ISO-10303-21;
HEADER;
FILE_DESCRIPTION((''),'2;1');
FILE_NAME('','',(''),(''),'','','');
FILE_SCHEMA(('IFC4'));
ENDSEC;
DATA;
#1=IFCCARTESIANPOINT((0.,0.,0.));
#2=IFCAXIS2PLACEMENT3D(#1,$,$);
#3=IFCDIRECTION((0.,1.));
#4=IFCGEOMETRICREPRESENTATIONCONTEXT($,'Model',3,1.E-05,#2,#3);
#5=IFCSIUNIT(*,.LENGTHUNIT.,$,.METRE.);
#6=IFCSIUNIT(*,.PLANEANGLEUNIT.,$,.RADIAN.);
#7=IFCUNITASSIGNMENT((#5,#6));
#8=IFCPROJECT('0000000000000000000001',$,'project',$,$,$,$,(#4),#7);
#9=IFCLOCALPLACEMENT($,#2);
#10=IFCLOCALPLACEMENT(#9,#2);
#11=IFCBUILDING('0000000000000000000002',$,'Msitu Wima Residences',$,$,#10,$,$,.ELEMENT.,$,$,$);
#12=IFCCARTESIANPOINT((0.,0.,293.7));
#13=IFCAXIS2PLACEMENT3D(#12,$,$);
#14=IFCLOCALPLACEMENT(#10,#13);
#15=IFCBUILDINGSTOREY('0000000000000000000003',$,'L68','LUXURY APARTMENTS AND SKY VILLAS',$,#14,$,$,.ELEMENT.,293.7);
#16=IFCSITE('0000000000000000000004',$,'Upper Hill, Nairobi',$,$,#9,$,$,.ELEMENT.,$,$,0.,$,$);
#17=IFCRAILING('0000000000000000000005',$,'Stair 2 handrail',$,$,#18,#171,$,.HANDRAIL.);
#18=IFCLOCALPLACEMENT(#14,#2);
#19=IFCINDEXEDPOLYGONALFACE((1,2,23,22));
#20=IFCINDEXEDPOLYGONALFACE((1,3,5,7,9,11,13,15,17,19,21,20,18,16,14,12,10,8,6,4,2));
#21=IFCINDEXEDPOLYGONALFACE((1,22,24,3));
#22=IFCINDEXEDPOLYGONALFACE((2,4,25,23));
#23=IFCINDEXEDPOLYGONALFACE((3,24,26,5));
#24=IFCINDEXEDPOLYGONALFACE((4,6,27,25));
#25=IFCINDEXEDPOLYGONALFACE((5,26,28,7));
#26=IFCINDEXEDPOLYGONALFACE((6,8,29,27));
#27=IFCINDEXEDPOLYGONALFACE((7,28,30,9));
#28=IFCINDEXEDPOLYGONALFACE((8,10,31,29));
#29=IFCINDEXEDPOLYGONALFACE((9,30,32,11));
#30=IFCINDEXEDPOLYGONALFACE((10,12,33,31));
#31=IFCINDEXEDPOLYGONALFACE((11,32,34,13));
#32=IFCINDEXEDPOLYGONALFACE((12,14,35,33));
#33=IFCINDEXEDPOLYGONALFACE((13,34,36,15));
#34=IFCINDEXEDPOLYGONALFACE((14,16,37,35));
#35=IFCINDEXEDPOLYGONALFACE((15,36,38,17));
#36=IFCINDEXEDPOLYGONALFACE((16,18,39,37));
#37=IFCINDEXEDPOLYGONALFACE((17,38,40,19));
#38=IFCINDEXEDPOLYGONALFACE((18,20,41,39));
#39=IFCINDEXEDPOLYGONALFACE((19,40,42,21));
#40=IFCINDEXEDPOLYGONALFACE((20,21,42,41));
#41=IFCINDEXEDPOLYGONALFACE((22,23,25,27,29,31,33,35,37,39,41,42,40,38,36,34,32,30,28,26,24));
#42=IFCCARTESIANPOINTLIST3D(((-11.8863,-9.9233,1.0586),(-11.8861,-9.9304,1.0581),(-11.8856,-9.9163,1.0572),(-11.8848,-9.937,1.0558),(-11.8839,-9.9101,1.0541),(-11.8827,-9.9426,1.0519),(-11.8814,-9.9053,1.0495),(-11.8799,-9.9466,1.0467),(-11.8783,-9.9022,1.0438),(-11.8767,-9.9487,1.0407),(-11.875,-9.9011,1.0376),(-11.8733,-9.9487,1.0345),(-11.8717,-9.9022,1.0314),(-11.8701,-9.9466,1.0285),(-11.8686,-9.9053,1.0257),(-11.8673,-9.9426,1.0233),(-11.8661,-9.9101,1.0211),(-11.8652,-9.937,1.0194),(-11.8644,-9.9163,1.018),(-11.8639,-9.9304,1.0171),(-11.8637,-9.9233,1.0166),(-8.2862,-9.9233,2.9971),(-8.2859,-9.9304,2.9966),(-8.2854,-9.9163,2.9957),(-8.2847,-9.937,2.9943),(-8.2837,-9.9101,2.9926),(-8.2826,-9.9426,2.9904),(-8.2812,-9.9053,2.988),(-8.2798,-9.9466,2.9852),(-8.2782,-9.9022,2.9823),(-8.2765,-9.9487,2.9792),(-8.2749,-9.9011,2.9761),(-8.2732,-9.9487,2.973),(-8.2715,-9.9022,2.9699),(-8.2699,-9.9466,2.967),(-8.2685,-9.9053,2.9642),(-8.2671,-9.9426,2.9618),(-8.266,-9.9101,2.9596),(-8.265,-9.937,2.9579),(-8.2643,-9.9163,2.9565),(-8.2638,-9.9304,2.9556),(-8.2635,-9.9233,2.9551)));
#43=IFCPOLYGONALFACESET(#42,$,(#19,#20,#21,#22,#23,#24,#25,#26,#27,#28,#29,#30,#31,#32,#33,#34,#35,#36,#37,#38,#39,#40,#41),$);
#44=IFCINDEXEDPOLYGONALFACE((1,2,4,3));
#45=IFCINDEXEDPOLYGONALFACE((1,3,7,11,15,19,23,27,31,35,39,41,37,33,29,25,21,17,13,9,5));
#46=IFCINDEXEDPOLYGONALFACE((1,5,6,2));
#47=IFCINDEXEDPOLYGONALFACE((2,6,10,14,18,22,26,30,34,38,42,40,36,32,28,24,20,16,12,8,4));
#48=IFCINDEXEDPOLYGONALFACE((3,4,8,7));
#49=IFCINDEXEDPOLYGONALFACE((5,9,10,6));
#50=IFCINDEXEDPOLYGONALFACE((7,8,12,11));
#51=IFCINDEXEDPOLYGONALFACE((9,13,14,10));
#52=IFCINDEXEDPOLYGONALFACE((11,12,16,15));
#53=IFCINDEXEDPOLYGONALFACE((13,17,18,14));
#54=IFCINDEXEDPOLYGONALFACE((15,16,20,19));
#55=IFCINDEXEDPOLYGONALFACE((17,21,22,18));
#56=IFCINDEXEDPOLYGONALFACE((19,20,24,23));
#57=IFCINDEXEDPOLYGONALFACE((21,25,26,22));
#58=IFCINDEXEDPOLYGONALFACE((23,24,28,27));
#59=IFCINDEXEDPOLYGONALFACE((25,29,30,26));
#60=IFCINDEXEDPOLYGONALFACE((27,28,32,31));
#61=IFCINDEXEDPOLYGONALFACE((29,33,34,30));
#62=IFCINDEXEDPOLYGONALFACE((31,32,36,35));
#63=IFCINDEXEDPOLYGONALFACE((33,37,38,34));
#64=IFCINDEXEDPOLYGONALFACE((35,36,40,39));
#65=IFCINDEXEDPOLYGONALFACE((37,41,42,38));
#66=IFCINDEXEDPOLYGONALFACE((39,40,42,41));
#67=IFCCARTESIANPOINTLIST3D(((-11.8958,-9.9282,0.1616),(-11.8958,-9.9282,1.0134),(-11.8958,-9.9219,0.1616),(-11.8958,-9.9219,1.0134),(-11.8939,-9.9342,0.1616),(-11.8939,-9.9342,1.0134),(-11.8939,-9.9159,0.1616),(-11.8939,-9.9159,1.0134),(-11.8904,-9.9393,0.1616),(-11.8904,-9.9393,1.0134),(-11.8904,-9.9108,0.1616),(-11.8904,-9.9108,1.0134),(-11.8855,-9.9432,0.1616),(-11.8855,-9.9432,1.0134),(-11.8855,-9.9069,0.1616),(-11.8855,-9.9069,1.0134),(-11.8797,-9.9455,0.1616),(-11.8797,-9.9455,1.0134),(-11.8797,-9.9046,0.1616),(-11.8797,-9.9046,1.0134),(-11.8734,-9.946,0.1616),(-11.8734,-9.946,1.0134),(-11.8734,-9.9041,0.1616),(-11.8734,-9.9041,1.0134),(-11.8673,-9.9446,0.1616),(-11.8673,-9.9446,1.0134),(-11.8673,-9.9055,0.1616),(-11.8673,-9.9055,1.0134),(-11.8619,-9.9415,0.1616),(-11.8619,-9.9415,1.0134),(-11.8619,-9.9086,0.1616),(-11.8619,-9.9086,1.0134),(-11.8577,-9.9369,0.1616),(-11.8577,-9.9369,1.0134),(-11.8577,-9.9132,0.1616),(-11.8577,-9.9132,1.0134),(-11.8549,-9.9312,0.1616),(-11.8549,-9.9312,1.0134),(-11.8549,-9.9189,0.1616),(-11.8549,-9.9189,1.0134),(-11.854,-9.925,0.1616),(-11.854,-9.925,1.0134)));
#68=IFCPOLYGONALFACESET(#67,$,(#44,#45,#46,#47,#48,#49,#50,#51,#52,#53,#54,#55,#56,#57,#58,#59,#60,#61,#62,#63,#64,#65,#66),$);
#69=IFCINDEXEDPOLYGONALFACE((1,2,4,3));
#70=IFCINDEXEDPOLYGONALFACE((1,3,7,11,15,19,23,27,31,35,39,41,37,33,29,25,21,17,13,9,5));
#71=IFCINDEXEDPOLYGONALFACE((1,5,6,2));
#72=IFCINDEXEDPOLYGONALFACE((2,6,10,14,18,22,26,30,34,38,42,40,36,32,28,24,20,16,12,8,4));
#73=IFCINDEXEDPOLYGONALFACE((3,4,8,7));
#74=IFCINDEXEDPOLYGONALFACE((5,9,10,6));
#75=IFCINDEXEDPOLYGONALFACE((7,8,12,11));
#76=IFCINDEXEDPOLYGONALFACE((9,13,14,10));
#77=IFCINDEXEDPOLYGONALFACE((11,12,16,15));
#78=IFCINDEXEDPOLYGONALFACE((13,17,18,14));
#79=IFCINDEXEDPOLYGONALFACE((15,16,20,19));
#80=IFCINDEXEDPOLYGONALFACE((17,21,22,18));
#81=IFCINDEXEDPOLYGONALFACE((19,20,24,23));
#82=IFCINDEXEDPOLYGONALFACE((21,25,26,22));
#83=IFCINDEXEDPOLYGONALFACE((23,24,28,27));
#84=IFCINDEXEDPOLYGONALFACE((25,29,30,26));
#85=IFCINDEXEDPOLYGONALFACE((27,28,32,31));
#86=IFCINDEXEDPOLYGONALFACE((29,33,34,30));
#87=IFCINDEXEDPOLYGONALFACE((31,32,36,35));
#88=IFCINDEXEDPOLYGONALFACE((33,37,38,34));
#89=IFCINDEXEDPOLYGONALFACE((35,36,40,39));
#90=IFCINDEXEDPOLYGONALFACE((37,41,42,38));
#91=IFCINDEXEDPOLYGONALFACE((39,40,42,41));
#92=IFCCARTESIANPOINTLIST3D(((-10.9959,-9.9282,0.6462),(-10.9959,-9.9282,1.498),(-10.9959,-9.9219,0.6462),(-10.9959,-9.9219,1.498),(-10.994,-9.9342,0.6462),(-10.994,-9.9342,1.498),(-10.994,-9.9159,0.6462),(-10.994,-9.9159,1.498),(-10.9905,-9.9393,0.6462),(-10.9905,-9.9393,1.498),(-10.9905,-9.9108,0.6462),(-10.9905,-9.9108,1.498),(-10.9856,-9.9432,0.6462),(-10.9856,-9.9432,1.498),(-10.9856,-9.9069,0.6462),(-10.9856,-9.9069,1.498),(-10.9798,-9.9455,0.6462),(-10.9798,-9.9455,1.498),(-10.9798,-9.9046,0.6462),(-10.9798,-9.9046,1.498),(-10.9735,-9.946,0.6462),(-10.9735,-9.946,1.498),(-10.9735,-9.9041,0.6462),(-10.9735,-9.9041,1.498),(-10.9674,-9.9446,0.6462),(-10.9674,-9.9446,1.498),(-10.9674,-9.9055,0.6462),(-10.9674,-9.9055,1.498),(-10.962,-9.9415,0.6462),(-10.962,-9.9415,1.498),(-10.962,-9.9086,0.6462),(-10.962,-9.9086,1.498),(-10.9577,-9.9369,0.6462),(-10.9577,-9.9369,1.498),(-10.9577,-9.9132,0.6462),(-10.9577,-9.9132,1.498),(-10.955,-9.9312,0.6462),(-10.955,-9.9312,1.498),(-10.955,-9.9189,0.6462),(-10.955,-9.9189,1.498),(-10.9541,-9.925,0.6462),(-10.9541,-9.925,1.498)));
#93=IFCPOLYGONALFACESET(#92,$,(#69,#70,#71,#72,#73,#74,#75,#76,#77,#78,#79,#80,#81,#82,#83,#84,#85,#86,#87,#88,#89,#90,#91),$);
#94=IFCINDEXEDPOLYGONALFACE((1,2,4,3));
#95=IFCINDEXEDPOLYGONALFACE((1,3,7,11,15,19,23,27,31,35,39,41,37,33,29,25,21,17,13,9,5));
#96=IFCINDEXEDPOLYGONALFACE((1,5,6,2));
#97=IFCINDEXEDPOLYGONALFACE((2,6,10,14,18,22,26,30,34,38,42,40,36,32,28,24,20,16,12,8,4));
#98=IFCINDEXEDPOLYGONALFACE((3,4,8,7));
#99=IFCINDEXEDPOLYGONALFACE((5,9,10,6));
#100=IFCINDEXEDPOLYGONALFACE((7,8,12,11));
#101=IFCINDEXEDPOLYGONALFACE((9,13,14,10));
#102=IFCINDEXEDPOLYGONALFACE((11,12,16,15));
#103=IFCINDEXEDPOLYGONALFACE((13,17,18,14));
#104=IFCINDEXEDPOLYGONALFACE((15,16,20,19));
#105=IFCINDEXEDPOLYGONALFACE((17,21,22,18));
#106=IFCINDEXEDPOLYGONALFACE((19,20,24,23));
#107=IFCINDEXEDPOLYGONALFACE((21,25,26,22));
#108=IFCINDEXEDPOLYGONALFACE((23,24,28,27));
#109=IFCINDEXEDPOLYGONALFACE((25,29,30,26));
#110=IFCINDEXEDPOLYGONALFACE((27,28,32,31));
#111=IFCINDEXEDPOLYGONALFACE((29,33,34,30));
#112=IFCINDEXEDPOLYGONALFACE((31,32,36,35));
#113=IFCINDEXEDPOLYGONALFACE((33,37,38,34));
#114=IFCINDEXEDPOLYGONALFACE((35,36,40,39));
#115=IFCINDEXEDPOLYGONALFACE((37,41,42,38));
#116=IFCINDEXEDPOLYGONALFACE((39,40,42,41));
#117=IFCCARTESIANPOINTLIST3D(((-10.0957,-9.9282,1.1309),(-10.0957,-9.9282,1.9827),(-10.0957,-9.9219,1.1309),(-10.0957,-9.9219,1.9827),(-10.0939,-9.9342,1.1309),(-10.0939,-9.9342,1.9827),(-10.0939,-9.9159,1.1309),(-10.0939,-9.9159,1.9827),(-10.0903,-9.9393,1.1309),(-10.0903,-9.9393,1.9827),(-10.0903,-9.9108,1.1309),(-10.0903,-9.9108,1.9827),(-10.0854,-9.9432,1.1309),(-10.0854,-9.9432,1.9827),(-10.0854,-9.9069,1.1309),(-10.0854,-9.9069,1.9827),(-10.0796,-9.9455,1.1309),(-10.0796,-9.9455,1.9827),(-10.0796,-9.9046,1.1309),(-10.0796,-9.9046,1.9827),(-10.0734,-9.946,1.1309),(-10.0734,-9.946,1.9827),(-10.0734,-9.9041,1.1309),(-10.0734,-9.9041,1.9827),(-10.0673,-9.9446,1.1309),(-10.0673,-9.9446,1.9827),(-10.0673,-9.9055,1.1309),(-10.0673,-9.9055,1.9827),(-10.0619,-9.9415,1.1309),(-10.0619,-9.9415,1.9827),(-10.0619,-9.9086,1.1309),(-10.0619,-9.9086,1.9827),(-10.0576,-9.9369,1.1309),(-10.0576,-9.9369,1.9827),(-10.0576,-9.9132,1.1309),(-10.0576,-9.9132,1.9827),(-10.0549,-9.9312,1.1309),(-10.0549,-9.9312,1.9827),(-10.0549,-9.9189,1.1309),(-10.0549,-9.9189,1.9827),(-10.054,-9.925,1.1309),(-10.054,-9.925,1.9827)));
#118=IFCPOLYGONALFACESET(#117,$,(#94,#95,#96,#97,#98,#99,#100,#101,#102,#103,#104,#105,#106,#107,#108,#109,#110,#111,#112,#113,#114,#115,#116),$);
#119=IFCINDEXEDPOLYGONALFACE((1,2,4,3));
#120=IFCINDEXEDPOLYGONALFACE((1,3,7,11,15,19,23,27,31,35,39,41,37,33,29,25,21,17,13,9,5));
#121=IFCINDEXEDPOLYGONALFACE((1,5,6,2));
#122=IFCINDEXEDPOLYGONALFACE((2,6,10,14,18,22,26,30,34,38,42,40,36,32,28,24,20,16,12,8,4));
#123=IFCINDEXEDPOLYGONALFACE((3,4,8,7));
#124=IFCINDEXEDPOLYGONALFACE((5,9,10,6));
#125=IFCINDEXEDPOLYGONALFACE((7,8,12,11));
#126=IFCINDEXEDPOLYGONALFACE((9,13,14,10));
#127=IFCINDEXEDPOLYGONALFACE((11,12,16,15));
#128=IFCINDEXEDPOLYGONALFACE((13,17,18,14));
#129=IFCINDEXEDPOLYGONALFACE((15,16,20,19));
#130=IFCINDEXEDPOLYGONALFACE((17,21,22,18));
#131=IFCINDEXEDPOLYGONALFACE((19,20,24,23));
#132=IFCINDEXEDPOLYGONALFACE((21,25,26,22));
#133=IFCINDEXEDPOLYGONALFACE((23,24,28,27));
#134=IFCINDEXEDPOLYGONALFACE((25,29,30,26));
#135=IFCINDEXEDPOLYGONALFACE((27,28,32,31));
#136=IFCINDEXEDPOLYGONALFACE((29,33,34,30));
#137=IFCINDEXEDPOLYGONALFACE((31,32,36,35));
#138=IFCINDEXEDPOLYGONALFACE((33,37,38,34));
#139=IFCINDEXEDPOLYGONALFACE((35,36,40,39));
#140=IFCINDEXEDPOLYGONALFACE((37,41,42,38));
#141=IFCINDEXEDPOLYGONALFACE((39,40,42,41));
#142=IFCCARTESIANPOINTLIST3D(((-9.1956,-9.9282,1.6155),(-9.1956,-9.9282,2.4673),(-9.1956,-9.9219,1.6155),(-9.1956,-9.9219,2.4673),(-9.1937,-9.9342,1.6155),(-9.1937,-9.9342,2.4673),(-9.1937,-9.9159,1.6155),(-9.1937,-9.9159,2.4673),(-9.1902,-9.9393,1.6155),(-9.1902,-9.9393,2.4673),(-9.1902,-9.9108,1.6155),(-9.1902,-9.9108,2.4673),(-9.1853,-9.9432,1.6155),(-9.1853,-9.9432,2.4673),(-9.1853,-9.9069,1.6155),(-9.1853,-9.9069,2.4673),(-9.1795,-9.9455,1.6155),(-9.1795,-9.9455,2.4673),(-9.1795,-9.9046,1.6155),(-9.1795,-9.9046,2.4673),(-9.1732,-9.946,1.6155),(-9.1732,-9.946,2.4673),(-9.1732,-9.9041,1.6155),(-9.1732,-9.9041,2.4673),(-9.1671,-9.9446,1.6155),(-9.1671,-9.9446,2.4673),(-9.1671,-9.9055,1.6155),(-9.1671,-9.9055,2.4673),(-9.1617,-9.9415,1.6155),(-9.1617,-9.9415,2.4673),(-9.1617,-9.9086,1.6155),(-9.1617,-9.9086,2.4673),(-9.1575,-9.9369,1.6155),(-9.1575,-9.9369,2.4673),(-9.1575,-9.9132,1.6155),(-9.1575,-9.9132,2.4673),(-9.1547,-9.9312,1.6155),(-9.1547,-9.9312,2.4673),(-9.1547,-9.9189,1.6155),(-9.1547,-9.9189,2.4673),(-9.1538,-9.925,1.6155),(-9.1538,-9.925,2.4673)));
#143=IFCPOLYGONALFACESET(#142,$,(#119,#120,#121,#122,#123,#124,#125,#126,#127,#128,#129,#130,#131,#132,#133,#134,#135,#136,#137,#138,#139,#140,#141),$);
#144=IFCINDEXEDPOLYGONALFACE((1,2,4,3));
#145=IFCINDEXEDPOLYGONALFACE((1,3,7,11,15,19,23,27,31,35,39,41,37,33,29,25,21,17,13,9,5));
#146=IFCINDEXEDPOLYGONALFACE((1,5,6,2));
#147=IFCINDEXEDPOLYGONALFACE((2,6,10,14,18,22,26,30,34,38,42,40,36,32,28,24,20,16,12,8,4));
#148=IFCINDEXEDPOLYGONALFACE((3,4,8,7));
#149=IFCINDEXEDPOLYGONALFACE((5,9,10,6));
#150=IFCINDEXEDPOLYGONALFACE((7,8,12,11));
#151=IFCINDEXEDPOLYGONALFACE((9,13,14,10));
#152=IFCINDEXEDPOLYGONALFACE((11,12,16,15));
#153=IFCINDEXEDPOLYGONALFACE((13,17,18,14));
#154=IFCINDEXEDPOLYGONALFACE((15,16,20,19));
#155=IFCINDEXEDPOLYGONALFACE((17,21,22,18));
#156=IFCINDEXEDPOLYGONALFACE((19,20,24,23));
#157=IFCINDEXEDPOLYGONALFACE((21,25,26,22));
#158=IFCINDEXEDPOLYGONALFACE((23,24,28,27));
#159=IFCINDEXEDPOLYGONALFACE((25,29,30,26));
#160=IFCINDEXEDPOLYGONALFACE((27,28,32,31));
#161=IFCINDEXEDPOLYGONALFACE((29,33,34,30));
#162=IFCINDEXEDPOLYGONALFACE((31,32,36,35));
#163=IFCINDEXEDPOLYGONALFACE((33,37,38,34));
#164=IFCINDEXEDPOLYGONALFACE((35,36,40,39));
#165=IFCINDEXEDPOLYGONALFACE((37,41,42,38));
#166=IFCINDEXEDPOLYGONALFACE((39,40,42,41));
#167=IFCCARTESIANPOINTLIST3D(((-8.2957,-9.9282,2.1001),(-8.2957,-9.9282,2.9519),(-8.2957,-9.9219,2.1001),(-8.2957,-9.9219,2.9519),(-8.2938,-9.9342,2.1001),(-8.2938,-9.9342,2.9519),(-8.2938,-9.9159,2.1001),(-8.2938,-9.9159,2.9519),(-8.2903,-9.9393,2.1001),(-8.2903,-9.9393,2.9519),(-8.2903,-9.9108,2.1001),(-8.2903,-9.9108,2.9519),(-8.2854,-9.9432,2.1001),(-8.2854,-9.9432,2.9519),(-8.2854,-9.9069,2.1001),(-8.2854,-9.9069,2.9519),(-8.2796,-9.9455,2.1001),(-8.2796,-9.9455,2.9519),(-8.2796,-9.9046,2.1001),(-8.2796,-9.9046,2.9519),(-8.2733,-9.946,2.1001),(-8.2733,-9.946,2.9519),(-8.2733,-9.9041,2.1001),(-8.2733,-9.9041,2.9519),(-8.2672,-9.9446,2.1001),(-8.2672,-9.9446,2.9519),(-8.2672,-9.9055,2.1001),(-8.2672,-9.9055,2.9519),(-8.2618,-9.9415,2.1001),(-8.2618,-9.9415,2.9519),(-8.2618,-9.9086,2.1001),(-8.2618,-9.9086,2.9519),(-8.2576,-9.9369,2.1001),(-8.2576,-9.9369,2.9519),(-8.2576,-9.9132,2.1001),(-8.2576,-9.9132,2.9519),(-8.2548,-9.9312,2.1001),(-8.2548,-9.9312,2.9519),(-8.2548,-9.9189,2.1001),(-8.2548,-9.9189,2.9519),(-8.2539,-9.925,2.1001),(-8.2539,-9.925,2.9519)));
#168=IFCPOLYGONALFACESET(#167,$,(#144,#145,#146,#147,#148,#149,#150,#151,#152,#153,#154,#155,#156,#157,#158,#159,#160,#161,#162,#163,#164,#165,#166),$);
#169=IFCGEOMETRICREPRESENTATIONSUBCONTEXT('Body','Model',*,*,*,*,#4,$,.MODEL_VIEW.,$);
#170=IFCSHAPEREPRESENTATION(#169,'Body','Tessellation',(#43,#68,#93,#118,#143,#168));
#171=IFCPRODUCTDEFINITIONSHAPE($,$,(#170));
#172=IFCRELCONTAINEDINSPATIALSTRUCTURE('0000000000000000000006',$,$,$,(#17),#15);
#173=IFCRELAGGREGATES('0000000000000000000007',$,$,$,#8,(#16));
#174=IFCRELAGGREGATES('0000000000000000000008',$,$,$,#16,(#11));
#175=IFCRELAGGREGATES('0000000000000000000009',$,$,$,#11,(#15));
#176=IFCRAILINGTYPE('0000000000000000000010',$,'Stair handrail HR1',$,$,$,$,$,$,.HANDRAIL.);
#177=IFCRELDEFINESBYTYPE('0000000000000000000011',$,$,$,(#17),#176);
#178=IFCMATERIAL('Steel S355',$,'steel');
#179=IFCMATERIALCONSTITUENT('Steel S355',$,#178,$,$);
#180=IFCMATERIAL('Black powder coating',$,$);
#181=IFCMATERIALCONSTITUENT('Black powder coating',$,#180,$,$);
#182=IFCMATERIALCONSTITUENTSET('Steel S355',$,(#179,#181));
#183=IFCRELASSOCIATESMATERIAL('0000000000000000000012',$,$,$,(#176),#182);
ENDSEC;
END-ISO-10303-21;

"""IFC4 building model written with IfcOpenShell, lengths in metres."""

from ifc_helpers import new_model, si_unit, direction, frame, origin, origin_2d, place, context, subcontext, project, spatial, circle, extrude, material, constituent, constituent_set, type_object, element, save


model = new_model("IFC4")

# Units and contexts
model_context = context("Model", 3, precision=1e-05, world=origin(), true_north=direction((0.0, 1.0)))
body_context = subcontext(model_context, "Body", "Model", "MODEL_VIEW")
ifc_project = project(units=[si_unit("LENGTHUNIT", "METRE"), si_unit("PLANEANGLEUNIT", "RADIAN")], contexts=[model_context])

# Site, building, storey
site_placement = place(None, origin())
site = spatial("IfcSite", under=ifc_project, at=site_placement, Name="Upper Hill, Nairobi", CompositionType="ELEMENT", RefElevation=0.0)
building_placement = place(site_placement, origin())
building = spatial("IfcBuilding", under=site, at=building_placement, Name="Msitu Wima Residences", CompositionType="ELEMENT")
storey_placement = place(building_placement, frame((0.0, 0.0, 293.7)))
storey = spatial("IfcBuildingStorey", under=building, at=storey_placement, Name="L68", Description="LUXURY APARTMENTS AND SKY VILLAS", CompositionType="ELEMENT", Elevation=293.7)

# Railing
ifc_material_1 = material(Name="Steel S355", Category="steel")
ifc_constituent_1 = constituent(ifc_material_1, Name="Steel S355")
ifc_material_2 = material(Name="Black powder coating")
ifc_constituent_2 = constituent(ifc_material_2, Name="Black powder coating")
ifc_constituent_set = constituent_set(constituents=[ifc_constituent_1, ifc_constituent_2], Name="Steel S355")
railing_type = type_object("IfcRailingType", Name="Stair handrail HR1", PredefinedType="HANDRAIL", material=ifc_constituent_set)
for number, where, name in (
    (1, (-11.875, -9.925, 0.1616), "Stair 2 handrail"),
):
    element("IfcRailing", number, at=place(storey_placement, frame(where)), inside=storey, type_object=railing_type, Name=name, PredefinedType="HANDRAIL", context=body_context, shape_type="SweptSolid", body=[
        extrude(circle(Radius=0.0239, at=origin_2d()), frame((0.0, 0.0, 0.876), z_axis=(0.880475, 0.0, 0.474093), x_axis=(0.0, 1.0, 0.0)), (0.0, 0.0, 1.0), 4.0889),
        extrude(circle(Radius=0.021, at=origin_2d()), origin(), (0.0, 0.0, 1.0), 0.8518),
        extrude(circle(Radius=0.021, at=origin_2d()), frame((0.8999, 0.0, 0.4846)), (0.0, 0.0, 1.0), 0.8518),
        extrude(circle(Radius=0.021, at=origin_2d()), frame((1.8, 0.0, 0.9692)), (0.0, 0.0, 1.0), 0.8518),
        extrude(circle(Radius=0.021, at=origin_2d()), frame((2.7002, 0.0, 1.4539)), (0.0, 0.0, 1.0), 0.8518),
        extrude(circle(Radius=0.021, at=origin_2d()), frame((3.6001, 0.0, 1.9385)), (0.0, 0.0, 1.0), 0.8518),
    ])

save(model, "model.ifc")
